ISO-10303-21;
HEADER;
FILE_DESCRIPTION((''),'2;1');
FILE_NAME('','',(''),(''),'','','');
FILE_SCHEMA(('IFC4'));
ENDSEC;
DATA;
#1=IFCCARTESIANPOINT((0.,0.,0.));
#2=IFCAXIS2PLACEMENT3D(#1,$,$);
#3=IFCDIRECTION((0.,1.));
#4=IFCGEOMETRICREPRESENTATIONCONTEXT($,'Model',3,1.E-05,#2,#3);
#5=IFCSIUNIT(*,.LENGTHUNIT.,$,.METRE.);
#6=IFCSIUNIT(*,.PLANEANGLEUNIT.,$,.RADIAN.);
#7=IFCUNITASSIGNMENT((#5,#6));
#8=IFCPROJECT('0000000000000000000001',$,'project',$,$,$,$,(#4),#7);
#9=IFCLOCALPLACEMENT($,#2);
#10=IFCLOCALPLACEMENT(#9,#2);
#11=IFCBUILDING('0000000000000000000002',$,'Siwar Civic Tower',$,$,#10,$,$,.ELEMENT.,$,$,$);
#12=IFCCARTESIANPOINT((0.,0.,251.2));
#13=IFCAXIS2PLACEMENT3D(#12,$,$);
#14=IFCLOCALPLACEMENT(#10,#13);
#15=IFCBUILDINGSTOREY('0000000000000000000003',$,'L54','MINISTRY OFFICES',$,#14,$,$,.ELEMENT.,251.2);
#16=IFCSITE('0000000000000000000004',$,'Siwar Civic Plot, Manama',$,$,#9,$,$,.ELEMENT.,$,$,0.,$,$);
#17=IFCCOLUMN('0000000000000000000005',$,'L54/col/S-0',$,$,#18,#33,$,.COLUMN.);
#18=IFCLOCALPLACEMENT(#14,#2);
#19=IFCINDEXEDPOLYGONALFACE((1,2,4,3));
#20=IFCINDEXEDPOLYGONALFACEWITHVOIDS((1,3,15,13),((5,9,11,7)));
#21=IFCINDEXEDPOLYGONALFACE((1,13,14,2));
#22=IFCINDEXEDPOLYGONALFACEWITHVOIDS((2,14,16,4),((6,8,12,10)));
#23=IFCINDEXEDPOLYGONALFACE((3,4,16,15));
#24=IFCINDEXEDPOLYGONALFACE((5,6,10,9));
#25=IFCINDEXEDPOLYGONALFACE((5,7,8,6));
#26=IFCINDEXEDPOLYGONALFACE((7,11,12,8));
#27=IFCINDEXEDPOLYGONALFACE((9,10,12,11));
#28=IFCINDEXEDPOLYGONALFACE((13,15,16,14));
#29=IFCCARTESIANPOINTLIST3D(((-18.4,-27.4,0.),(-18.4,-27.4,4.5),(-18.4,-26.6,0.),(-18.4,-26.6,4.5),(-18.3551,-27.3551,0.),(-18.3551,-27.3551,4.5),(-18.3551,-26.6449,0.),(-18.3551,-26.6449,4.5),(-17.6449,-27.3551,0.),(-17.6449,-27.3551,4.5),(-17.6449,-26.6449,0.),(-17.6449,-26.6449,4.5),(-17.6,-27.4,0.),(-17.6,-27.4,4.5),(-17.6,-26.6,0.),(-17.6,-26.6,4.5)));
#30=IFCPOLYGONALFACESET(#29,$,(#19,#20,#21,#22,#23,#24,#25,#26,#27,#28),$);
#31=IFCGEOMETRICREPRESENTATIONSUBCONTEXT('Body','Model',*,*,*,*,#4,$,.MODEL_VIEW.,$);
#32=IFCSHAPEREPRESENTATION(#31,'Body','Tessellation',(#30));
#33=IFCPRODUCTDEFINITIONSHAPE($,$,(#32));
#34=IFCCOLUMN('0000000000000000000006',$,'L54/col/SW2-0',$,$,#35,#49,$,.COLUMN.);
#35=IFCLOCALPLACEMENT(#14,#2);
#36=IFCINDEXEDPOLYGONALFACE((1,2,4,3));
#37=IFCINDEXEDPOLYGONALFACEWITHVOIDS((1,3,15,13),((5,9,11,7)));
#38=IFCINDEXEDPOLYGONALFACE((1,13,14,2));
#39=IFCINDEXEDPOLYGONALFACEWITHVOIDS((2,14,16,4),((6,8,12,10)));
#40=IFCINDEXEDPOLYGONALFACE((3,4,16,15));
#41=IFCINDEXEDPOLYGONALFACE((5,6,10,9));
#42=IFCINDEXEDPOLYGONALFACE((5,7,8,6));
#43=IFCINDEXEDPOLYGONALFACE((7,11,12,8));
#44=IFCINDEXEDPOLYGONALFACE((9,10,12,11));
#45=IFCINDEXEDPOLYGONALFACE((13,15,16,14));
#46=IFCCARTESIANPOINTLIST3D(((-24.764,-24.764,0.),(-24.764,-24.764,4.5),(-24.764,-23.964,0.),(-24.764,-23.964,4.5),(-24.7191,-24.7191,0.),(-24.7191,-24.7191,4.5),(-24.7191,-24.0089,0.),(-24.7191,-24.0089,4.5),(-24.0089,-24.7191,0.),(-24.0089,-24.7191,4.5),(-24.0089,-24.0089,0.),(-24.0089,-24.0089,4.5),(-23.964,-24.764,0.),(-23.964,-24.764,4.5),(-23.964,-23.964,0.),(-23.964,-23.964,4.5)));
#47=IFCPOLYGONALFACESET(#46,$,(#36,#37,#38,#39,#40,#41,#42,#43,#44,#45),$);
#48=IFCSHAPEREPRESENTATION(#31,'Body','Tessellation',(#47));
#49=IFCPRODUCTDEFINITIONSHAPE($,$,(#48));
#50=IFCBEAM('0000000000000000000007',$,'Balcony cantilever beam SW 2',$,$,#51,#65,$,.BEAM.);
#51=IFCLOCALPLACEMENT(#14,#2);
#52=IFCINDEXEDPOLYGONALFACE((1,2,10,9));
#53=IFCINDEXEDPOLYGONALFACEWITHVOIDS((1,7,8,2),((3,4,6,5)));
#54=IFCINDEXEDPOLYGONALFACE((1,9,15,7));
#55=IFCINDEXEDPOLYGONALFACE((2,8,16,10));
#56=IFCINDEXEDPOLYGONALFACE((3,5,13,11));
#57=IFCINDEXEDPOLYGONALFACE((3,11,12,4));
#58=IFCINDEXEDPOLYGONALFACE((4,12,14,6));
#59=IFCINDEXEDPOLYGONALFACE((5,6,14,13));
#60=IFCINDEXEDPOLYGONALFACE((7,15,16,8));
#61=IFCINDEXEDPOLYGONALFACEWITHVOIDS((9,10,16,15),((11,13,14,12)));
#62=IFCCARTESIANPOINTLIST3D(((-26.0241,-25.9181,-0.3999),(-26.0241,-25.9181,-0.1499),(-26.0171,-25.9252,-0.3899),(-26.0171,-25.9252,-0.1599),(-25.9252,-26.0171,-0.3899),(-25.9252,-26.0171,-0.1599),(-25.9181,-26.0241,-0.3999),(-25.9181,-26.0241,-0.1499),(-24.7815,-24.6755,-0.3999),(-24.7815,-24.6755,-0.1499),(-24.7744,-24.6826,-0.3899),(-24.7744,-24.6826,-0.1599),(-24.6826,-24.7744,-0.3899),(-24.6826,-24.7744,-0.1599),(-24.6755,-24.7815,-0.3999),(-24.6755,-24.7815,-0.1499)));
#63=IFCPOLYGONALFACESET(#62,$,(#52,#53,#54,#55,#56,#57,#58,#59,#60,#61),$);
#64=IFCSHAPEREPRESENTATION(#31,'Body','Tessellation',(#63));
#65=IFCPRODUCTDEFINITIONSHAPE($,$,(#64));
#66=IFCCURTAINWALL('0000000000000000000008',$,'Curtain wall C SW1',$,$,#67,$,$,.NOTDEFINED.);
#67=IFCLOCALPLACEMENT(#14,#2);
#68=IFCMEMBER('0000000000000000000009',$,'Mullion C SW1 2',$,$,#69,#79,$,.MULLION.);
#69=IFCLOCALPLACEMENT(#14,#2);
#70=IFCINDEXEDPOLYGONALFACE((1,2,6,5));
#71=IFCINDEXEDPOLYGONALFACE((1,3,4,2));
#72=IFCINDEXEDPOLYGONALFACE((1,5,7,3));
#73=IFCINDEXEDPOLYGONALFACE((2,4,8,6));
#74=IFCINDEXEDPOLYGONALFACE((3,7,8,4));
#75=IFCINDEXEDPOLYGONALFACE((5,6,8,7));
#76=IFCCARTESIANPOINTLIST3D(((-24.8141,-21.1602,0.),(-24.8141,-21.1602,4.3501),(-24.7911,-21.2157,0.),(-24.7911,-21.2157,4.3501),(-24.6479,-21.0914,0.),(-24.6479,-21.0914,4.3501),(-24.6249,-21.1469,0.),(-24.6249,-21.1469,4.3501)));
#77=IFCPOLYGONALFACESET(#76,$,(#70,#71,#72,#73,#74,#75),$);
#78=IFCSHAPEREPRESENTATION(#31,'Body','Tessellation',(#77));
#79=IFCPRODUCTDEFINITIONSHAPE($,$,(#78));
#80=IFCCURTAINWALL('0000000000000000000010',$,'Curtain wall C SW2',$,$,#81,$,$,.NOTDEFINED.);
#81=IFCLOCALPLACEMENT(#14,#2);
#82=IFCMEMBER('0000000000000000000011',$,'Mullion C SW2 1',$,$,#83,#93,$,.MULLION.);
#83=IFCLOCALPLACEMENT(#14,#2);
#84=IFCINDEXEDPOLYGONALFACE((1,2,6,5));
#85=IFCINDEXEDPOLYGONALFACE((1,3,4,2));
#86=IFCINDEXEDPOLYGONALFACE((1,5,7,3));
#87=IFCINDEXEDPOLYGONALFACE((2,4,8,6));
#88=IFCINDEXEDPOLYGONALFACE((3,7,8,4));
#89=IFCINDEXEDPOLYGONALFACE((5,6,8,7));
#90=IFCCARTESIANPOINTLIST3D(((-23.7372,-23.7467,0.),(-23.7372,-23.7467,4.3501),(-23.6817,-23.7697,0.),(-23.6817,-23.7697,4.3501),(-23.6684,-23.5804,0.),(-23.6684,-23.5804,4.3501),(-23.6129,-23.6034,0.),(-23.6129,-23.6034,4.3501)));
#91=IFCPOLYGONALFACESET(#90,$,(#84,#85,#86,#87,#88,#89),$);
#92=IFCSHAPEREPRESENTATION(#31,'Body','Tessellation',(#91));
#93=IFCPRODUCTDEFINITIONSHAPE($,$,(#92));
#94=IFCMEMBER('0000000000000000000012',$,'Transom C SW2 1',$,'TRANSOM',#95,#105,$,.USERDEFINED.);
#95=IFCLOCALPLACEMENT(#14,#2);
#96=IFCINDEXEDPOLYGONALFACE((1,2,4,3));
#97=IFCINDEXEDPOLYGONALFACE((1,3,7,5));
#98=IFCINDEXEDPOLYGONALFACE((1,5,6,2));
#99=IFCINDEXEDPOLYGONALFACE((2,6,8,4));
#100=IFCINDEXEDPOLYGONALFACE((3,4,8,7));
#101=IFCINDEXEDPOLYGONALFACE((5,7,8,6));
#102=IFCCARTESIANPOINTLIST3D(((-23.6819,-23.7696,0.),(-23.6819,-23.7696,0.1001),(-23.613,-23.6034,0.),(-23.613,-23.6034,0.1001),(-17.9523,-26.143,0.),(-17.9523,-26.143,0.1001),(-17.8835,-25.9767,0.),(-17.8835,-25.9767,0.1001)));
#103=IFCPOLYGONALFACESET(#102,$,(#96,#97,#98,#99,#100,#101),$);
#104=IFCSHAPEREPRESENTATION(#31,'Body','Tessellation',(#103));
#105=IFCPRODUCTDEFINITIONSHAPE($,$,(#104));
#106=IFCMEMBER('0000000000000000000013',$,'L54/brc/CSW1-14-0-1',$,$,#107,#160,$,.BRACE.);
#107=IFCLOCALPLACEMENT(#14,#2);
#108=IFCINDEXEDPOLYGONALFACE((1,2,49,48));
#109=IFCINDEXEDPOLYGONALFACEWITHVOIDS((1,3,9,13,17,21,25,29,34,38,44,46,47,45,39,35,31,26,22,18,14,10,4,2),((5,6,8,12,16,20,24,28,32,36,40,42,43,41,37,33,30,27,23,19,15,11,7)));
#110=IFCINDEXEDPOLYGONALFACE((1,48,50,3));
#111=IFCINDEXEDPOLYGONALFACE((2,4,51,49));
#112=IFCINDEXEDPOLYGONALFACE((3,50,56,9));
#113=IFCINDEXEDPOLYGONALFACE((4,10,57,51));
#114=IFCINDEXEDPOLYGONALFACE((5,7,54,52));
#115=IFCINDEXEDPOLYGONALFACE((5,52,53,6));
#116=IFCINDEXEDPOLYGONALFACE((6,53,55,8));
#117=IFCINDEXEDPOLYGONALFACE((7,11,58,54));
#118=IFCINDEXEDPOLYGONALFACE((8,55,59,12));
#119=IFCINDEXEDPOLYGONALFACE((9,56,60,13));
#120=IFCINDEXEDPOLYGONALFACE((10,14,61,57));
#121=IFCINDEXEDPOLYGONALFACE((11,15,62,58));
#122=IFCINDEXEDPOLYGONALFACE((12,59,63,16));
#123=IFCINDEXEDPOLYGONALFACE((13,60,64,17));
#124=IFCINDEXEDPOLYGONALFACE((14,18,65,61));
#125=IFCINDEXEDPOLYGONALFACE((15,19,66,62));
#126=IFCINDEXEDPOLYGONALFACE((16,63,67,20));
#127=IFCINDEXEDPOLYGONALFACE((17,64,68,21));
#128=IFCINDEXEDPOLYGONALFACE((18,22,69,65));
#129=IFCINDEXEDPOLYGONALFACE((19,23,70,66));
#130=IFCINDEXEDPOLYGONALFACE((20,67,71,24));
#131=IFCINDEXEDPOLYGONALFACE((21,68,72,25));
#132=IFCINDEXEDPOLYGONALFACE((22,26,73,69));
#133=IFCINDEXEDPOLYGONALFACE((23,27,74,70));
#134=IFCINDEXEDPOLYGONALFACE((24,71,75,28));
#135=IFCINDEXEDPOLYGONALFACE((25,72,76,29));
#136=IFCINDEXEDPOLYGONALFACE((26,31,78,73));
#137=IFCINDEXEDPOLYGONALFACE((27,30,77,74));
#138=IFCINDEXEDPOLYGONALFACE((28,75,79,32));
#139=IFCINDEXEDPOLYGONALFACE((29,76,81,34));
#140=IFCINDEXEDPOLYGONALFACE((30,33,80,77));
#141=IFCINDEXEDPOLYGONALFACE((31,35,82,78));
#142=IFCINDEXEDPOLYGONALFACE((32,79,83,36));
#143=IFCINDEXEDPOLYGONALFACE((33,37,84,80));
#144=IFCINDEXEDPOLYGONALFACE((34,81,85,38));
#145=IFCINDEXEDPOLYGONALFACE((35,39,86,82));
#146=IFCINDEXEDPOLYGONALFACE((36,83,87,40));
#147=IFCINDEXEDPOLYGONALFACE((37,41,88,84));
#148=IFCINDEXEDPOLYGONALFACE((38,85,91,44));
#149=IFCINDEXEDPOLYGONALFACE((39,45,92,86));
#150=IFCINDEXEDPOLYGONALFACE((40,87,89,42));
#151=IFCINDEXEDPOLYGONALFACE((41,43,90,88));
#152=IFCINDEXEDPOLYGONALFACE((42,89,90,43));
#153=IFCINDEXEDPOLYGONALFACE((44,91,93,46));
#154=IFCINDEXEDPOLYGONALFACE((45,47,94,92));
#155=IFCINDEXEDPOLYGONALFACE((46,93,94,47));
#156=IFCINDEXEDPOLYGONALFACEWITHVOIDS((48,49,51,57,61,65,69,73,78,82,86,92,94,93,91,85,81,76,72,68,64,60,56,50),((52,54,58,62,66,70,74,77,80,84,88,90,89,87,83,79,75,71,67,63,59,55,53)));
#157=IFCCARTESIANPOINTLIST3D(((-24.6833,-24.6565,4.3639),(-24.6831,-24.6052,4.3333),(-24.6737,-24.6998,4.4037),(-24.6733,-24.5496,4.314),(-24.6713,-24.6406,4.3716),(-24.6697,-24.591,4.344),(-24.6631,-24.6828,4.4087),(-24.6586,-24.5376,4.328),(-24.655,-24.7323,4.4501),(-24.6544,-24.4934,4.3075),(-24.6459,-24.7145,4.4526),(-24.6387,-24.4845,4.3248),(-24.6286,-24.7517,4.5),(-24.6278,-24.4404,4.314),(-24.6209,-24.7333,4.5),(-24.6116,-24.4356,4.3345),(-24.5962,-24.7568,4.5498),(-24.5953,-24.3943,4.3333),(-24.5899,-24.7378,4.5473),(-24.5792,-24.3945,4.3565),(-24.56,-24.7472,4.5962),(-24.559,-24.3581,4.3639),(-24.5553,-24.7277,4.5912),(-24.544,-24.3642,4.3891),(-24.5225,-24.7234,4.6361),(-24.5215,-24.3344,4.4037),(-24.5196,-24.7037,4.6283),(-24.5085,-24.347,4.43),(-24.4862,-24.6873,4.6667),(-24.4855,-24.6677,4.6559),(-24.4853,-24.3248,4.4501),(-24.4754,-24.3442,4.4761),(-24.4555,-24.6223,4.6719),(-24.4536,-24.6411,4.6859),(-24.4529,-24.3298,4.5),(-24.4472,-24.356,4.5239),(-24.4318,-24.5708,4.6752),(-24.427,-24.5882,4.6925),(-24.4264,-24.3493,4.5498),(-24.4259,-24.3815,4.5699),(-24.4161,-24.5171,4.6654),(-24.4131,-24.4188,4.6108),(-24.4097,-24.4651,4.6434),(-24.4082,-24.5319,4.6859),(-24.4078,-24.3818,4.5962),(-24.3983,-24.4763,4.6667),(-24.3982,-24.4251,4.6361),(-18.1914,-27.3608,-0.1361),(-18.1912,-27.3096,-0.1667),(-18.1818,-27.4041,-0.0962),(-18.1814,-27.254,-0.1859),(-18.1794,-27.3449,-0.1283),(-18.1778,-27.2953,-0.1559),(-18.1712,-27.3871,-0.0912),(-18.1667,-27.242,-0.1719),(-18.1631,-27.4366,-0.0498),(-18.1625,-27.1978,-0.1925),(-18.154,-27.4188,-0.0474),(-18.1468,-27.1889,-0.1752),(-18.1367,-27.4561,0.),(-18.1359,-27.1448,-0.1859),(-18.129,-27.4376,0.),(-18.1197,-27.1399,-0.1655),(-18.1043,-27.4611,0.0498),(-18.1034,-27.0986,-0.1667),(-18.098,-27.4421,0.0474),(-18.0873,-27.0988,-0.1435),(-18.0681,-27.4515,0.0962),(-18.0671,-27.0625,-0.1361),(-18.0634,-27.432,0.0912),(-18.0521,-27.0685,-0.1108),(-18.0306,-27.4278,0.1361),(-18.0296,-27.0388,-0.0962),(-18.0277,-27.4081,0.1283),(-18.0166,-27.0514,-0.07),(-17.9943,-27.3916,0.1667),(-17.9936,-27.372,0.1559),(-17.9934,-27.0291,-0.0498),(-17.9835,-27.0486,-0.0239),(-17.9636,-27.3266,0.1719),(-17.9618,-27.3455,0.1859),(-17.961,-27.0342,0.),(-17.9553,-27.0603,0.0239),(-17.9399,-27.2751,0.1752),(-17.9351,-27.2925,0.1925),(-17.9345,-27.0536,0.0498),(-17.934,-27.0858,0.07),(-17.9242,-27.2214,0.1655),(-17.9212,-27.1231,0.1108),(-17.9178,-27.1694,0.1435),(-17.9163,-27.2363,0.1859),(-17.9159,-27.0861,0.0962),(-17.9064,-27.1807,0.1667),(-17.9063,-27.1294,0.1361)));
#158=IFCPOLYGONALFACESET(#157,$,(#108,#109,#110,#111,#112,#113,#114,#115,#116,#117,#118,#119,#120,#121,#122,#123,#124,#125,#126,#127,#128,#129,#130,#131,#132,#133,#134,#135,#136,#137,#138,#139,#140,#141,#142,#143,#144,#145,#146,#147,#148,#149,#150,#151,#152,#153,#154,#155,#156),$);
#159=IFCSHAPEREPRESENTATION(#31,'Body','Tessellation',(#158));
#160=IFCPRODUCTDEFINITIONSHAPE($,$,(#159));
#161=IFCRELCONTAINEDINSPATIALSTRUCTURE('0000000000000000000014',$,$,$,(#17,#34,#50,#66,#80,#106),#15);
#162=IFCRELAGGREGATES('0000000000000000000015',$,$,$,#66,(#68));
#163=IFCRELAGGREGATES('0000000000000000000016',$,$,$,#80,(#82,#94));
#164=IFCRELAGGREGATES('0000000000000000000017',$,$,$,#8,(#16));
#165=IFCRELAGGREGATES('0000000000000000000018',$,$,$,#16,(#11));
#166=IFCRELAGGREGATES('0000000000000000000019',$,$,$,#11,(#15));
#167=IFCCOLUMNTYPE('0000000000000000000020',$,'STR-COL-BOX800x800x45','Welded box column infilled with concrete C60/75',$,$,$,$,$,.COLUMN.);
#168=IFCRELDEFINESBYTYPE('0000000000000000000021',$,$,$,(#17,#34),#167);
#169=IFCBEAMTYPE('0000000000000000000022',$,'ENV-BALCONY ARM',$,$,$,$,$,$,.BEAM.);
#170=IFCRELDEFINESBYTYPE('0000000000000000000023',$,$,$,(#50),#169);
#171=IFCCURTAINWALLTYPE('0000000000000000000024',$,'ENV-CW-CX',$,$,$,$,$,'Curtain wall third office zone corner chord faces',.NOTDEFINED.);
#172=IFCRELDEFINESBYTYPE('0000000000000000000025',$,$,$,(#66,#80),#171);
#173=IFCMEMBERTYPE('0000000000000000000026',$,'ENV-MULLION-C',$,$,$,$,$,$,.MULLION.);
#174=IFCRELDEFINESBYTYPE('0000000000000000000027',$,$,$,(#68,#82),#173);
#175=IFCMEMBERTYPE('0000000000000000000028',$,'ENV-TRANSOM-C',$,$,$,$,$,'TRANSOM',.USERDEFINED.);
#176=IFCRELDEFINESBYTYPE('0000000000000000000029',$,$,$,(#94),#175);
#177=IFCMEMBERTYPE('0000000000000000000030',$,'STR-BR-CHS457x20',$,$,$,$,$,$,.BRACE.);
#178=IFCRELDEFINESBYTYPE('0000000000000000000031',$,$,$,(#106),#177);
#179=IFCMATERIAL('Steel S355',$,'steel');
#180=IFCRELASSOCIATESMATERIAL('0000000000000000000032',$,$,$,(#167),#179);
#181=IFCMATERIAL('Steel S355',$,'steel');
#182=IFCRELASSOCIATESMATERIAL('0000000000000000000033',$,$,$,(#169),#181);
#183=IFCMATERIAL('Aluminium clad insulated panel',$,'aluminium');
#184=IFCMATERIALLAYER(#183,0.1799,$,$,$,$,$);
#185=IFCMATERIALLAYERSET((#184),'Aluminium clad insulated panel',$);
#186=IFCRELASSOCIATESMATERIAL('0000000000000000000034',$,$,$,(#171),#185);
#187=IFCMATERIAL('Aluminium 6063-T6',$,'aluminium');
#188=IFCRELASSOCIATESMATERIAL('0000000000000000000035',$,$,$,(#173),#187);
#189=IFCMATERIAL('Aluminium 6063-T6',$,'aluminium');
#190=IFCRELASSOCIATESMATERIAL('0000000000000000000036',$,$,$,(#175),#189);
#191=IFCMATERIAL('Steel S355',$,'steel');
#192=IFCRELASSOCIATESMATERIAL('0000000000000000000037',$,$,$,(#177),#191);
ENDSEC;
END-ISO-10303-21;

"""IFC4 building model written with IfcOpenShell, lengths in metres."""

from ifc_helpers import new_model, si_unit, direction, frame, origin, origin_2d, place, context, subcontext, project, spatial, rectangle, hollow_rectangle, hollow_circle, extrude, material, layer, layer_set, material_profile, profile_set, type_object, element, aggregate, save


model = new_model("IFC4")

# Units and contexts
model_context = context("Model", 3, precision=1e-05, world=origin(), true_north=direction((0.0, 1.0)))
body_context = subcontext(model_context, "Body", "Model", "MODEL_VIEW")
ifc_project = project(units=[si_unit("LENGTHUNIT", "METRE"), si_unit("PLANEANGLEUNIT", "RADIAN")], contexts=[model_context])

# Site, building, storey
site_placement = place(None, origin())
site = spatial("IfcSite", under=ifc_project, at=site_placement, Name="Siwar Civic Plot, Manama", CompositionType="ELEMENT", RefElevation=0.0)
building_placement = place(site_placement, origin())
building = spatial("IfcBuilding", under=site, at=building_placement, Name="Siwar Civic Tower", CompositionType="ELEMENT")
storey_placement = place(building_placement, frame((0.0, 0.0, 251.2)))
storey = spatial("IfcBuildingStorey", under=building, at=storey_placement, Name="L54", Description="MINISTRY OFFICES", CompositionType="ELEMENT", Elevation=251.2)

# Columns
ifc_material_1 = material(Name="Steel S355", Category="steel")
ifc_material_profile_1 = material_profile(ifc_material_1, hollow_rectangle(XDim=0.8, YDim=0.8, WallThickness=0.0449, at=origin_2d()), Name="BOX800x800x45")
ifc_profile_set_1 = profile_set([ifc_material_profile_1], Name="Steel S355")
column_type = type_object("IfcColumnType", Name="STR-COL-BOX800x800x45", Description="Welded box column infilled with concrete C60/75", PredefinedType="COLUMN", material=ifc_profile_set_1)
for number, where, z_axis, x_axis, name in (
    (1, (-18.0, -27.0, 0.0), (0.0, 0.0, 1.0), (1.0, 0.0, 0.0), "L54/col/S-0"),
    (2, (-24.364, -24.364, 0.0), (0.0, 0.0, 1.0), (1.0, 0.0, 0.0), "L54/col/SW2-0"),
):
    element("IfcColumn", number, at=place(storey_placement, frame(where, z_axis=z_axis, x_axis=x_axis)), inside=storey, type_object=column_type, Name=name, PredefinedType="COLUMN", context=body_context, shape_type="SweptSolid", body=[
        extrude(hollow_rectangle(XDim=0.8, YDim=0.8, WallThickness=0.0449, at=origin_2d()), origin(), (0.0, 0.0, 1.0), 4.5),
    ])

# Beam
ifc_material_2 = material(Name="Steel S355", Category="steel")
ifc_material_profile_2 = material_profile(ifc_material_2, hollow_rectangle(XDim=0.1499, YDim=0.25, WallThickness=0.01, at=origin_2d()), Name="RHS250x150x10")
ifc_profile_set_2 = profile_set([ifc_material_profile_2], Name="Steel S355")
beam_type_1 = type_object("IfcBeamType", Name="ENV-BALCONY ARM", PredefinedType="BEAM", material=ifc_profile_set_2)
beam_1_placement = place(storey_placement, frame((-24.7285, -24.7285, -0.2749), z_axis=(-0.707107, -0.707107, 0.0), x_axis=(0.707107, -0.707107, 0.0)))
element("IfcBeam", 3, at=beam_1_placement, inside=storey, type_object=beam_type_1, Name="Balcony cantilever beam SW 2", PredefinedType="BEAM", context=body_context, shape_type="SweptSolid", body=[
    extrude(hollow_rectangle(XDim=0.1499, YDim=0.25, WallThickness=0.01, at=origin_2d()), origin(), (0.0, 0.0, 1.0), 1.7573),
])

# Curtain wall, member
ifc_material_3 = material(Name="Aluminium clad insulated panel", Category="aluminium")
ifc_layer_1 = layer(ifc_material_3, 0.1799)
ifc_layer_set_1 = layer_set([ifc_layer_1], Name="Aluminium clad insulated panel")
curtain_wall_type = type_object("IfcCurtainWallType", Name="ENV-CW-CX", ElementType="Curtain wall third office zone corner chord faces", PredefinedType="NOTDEFINED", material=ifc_layer_set_1)
curtain_wall_1_placement = place(storey_placement, origin())
curtain_wall_1 = element("IfcCurtainWall", 4, at=curtain_wall_1_placement, inside=storey, type_object=curtain_wall_type, Name="Curtain wall C SW1", PredefinedType="NOTDEFINED")
ifc_material_4 = material(Name="Aluminium 6063-T6", Category="aluminium")
ifc_material_profile_3 = material_profile(ifc_material_4, rectangle(XDim=0.1799, YDim=0.0601, at=origin_2d()), Name="AL 180x60")
ifc_profile_set_3 = profile_set([ifc_material_profile_3], Name="Aluminium 6063-T6")
member_type_1 = type_object("IfcMemberType", Name="ENV-MULLION-C", PredefinedType="MULLION", material=ifc_profile_set_3)
member_1_placement = place(storey_placement, frame((-24.7195, -21.1536, 0.0), z_axis=(0.0, 0.0, 1.0), x_axis=(0.92388, 0.382683, 0.0)))
member_1 = element("IfcMember", 5, at=member_1_placement, type_object=member_type_1, Name="Mullion C SW1 2", PredefinedType="MULLION", context=body_context, shape_type="SweptSolid", body=[
    extrude(rectangle(XDim=0.1799, YDim=0.0601, at=origin_2d()), origin(), (0.0, 0.0, 1.0), 4.3501),
])
aggregate(curtain_wall_1, [member_1])

# Curtain wall, members
curtain_wall_2_placement = place(storey_placement, origin())
curtain_wall_2 = element("IfcCurtainWall", 6, at=curtain_wall_2_placement, inside=storey, type_object=curtain_wall_type, Name="Curtain wall C SW2", PredefinedType="NOTDEFINED")
member_2_placement = place(storey_placement, frame((-23.675, -23.675, 0.0), z_axis=(0.0, 0.0, 1.0), x_axis=(0.382683, 0.92388, 0.0)))
member_2 = element("IfcMember", 7, at=member_2_placement, type_object=member_type_1, Name="Mullion C SW2 1", PredefinedType="MULLION", context=body_context, shape_type="SweptSolid", body=[
    extrude(rectangle(XDim=0.1799, YDim=0.0601, at=origin_2d()), origin(), (0.0, 0.0, 1.0), 4.3501),
])
ifc_material_5 = material(Name="Aluminium 6063-T6", Category="aluminium")
ifc_material_profile_4 = material_profile(ifc_material_5, rectangle(XDim=0.1799, YDim=0.1001, at=origin_2d()), Name="AL 180x100")
ifc_profile_set_4 = profile_set([ifc_material_profile_4], Name="Aluminium 6063-T6")
member_type_2 = type_object("IfcMemberType", Name="ENV-TRANSOM-C", ElementType="TRANSOM", PredefinedType="USERDEFINED", material=ifc_profile_set_4)
member_3_placement = place(storey_placement, frame((-23.6475, -23.6865, 0.05), z_axis=(0.923876, -0.382691, 0.0), x_axis=(0.382691, 0.923876, 0.0)))
member_3 = element("IfcMember", 8, at=member_3_placement, type_object=member_type_2, Name="Transom C SW2 1", ObjectType="TRANSOM", PredefinedType="USERDEFINED", context=body_context, shape_type="SweptSolid", body=[
    extrude(rectangle(XDim=0.1799, YDim=0.1001, at=origin_2d()), origin(), (0.0, 0.0, 1.0), 6.2017),
])

# Member
ifc_material_6 = material(Name="Steel S355", Category="steel")
ifc_material_profile_5 = material_profile(ifc_material_6, hollow_circle(Radius=0.2285, WallThickness=0.02, at=origin_2d()), Name="CHS457x20")
ifc_profile_set_5 = profile_set([ifc_material_profile_5], Name="Steel S355")
member_type_3 = type_object("IfcMemberType", Name="STR-BR-CHS457x20", PredefinedType="BRACE", material=ifc_profile_set_5)
member_4_placement = place(storey_placement, frame((-18.0488, -27.2451, 0.0), z_axis=(-0.777555, 0.323906, 0.538975), x_axis=(-0.384539, -0.923109, 0.0)))
element("IfcMember", 9, at=member_4_placement, inside=storey, type_object=member_type_3, Name="L54/brc/CSW1-14-0-1", PredefinedType="BRACE", context=body_context, shape_type="SweptSolid", body=[
    extrude(hollow_circle(Radius=0.2285, WallThickness=0.02, at=origin_2d()), origin(), (0.0, 0.0, 1.0), 8.3491),
])

aggregate(curtain_wall_2, [member_2, member_3])

save(model, "model.ifc")
